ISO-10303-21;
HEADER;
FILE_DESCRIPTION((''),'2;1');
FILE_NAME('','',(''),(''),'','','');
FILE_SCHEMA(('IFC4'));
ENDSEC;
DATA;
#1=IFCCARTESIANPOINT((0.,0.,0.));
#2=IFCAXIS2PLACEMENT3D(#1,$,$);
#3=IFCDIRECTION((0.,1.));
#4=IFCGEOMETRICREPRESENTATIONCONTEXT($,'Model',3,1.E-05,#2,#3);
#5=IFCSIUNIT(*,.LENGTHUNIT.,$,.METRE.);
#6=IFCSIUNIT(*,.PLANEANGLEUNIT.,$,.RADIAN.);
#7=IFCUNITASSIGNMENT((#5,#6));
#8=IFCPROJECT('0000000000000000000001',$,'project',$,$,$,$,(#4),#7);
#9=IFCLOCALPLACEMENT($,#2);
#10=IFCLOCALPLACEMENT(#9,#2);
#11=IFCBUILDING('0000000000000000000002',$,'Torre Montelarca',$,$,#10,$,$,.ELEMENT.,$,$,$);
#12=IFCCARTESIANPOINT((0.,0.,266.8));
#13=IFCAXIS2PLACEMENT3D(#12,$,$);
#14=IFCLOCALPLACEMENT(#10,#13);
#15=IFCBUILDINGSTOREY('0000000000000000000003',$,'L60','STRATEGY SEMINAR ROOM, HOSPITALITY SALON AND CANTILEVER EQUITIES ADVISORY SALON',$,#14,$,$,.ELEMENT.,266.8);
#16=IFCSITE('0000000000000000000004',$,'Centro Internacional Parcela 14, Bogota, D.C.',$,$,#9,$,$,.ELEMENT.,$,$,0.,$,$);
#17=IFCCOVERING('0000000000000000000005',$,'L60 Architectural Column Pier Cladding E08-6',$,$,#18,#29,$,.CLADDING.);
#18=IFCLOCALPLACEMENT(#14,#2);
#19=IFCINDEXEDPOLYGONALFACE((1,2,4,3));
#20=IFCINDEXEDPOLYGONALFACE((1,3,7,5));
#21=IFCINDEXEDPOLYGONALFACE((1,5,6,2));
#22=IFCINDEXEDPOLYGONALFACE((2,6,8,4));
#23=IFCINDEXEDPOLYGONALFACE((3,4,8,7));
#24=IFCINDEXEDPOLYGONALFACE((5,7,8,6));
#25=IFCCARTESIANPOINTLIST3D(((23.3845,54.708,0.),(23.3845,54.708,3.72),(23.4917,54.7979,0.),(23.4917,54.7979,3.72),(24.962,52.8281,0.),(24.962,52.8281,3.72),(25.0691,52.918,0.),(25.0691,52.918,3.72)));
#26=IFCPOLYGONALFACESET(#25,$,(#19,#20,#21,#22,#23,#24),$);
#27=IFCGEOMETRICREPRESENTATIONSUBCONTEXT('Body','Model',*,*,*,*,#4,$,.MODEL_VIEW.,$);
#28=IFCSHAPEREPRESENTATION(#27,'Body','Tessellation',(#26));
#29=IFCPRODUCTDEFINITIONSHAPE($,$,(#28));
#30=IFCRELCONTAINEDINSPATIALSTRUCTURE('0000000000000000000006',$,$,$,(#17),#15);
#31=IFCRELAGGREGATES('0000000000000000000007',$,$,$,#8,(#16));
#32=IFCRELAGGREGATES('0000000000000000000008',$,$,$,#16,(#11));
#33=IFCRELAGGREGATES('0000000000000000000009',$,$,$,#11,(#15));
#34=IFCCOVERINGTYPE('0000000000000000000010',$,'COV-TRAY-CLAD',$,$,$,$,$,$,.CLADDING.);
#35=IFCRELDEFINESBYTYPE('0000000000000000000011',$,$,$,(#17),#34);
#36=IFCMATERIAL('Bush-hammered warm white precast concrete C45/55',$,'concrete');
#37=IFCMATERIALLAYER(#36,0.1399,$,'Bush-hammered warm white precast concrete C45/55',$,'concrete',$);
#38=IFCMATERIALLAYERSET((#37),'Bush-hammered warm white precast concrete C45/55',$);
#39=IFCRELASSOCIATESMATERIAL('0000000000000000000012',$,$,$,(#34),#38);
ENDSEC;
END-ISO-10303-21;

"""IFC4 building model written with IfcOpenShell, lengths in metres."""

from ifc_helpers import new_model, si_unit, direction, frame, origin, origin_2d, place, context, subcontext, project, spatial, rectangle, extrude, source, transform, mapped, material, layer, layer_set, type_object, element, save


model = new_model("IFC4")

# Units and contexts
model_context = context("Model", 3, precision=1e-05, world=origin(), true_north=direction((0.0, 1.0)))
body_context = subcontext(model_context, "Body", "Model", "MODEL_VIEW")
ifc_project = project(units=[si_unit("LENGTHUNIT", "METRE"), si_unit("PLANEANGLEUNIT", "RADIAN")], contexts=[model_context])

# Site, building, storey
site_placement = place(None, origin())
site = spatial("IfcSite", under=ifc_project, at=site_placement, Name="Centro Internacional Parcela 14, Bogota, D.C.", CompositionType="ELEMENT", RefElevation=0.0)
building_placement = place(site_placement, origin())
building = spatial("IfcBuilding", under=site, at=building_placement, Name="Torre Montelarca", CompositionType="ELEMENT")
storey_placement = place(building_placement, frame((0.0, 0.0, 266.8)))
storey = spatial("IfcBuildingStorey", under=building, at=storey_placement, Name="L60", Description="STRATEGY SEMINAR ROOM, HOSPITALITY SALON AND CANTILEVER EQUITIES ADVISORY SALON", CompositionType="ELEMENT", Elevation=266.8)

# Covering
ifc_material_1 = material(Name="Bush-hammered warm white precast concrete C45/55", Category="concrete")
ifc_layer_1 = layer(ifc_material_1, 0.1399, Name="Bush-hammered warm white precast concrete C45/55", Category="concrete")
ifc_layer_set_1 = layer_set([ifc_layer_1], Name="Bush-hammered warm white precast concrete C45/55")
covering_type = type_object("IfcCoveringType", Name="COV-TRAY-CLAD", PredefinedType="CLADDING", material=ifc_layer_set_1)
shared_shape_1 = source(origin(), body_context, "Body", "SweptSolid", [
    extrude(rectangle(XDim=2.4541, YDim=0.1399, at=origin_2d()), origin(), (0.0, 0.0, 1.0), 3.72),
])
covering_1_placement = place(storey_placement, frame((24.2268, 53.813, 0.0), z_axis=(0.0, 0.0, 1.0), x_axis=(-0.642788, 0.766044, 0.0)))
element("IfcCovering", 1, at=covering_1_placement, inside=storey, type_object=covering_type, Name="L60 Architectural Column Pier Cladding E08-6", PredefinedType="CLADDING", context=body_context, shape_type="MappedRepresentation", body=[
    mapped(shared_shape_1, transform((0.0, 0.0, 0.0), scale=1.0)),
])

save(model, "model.ifc")
